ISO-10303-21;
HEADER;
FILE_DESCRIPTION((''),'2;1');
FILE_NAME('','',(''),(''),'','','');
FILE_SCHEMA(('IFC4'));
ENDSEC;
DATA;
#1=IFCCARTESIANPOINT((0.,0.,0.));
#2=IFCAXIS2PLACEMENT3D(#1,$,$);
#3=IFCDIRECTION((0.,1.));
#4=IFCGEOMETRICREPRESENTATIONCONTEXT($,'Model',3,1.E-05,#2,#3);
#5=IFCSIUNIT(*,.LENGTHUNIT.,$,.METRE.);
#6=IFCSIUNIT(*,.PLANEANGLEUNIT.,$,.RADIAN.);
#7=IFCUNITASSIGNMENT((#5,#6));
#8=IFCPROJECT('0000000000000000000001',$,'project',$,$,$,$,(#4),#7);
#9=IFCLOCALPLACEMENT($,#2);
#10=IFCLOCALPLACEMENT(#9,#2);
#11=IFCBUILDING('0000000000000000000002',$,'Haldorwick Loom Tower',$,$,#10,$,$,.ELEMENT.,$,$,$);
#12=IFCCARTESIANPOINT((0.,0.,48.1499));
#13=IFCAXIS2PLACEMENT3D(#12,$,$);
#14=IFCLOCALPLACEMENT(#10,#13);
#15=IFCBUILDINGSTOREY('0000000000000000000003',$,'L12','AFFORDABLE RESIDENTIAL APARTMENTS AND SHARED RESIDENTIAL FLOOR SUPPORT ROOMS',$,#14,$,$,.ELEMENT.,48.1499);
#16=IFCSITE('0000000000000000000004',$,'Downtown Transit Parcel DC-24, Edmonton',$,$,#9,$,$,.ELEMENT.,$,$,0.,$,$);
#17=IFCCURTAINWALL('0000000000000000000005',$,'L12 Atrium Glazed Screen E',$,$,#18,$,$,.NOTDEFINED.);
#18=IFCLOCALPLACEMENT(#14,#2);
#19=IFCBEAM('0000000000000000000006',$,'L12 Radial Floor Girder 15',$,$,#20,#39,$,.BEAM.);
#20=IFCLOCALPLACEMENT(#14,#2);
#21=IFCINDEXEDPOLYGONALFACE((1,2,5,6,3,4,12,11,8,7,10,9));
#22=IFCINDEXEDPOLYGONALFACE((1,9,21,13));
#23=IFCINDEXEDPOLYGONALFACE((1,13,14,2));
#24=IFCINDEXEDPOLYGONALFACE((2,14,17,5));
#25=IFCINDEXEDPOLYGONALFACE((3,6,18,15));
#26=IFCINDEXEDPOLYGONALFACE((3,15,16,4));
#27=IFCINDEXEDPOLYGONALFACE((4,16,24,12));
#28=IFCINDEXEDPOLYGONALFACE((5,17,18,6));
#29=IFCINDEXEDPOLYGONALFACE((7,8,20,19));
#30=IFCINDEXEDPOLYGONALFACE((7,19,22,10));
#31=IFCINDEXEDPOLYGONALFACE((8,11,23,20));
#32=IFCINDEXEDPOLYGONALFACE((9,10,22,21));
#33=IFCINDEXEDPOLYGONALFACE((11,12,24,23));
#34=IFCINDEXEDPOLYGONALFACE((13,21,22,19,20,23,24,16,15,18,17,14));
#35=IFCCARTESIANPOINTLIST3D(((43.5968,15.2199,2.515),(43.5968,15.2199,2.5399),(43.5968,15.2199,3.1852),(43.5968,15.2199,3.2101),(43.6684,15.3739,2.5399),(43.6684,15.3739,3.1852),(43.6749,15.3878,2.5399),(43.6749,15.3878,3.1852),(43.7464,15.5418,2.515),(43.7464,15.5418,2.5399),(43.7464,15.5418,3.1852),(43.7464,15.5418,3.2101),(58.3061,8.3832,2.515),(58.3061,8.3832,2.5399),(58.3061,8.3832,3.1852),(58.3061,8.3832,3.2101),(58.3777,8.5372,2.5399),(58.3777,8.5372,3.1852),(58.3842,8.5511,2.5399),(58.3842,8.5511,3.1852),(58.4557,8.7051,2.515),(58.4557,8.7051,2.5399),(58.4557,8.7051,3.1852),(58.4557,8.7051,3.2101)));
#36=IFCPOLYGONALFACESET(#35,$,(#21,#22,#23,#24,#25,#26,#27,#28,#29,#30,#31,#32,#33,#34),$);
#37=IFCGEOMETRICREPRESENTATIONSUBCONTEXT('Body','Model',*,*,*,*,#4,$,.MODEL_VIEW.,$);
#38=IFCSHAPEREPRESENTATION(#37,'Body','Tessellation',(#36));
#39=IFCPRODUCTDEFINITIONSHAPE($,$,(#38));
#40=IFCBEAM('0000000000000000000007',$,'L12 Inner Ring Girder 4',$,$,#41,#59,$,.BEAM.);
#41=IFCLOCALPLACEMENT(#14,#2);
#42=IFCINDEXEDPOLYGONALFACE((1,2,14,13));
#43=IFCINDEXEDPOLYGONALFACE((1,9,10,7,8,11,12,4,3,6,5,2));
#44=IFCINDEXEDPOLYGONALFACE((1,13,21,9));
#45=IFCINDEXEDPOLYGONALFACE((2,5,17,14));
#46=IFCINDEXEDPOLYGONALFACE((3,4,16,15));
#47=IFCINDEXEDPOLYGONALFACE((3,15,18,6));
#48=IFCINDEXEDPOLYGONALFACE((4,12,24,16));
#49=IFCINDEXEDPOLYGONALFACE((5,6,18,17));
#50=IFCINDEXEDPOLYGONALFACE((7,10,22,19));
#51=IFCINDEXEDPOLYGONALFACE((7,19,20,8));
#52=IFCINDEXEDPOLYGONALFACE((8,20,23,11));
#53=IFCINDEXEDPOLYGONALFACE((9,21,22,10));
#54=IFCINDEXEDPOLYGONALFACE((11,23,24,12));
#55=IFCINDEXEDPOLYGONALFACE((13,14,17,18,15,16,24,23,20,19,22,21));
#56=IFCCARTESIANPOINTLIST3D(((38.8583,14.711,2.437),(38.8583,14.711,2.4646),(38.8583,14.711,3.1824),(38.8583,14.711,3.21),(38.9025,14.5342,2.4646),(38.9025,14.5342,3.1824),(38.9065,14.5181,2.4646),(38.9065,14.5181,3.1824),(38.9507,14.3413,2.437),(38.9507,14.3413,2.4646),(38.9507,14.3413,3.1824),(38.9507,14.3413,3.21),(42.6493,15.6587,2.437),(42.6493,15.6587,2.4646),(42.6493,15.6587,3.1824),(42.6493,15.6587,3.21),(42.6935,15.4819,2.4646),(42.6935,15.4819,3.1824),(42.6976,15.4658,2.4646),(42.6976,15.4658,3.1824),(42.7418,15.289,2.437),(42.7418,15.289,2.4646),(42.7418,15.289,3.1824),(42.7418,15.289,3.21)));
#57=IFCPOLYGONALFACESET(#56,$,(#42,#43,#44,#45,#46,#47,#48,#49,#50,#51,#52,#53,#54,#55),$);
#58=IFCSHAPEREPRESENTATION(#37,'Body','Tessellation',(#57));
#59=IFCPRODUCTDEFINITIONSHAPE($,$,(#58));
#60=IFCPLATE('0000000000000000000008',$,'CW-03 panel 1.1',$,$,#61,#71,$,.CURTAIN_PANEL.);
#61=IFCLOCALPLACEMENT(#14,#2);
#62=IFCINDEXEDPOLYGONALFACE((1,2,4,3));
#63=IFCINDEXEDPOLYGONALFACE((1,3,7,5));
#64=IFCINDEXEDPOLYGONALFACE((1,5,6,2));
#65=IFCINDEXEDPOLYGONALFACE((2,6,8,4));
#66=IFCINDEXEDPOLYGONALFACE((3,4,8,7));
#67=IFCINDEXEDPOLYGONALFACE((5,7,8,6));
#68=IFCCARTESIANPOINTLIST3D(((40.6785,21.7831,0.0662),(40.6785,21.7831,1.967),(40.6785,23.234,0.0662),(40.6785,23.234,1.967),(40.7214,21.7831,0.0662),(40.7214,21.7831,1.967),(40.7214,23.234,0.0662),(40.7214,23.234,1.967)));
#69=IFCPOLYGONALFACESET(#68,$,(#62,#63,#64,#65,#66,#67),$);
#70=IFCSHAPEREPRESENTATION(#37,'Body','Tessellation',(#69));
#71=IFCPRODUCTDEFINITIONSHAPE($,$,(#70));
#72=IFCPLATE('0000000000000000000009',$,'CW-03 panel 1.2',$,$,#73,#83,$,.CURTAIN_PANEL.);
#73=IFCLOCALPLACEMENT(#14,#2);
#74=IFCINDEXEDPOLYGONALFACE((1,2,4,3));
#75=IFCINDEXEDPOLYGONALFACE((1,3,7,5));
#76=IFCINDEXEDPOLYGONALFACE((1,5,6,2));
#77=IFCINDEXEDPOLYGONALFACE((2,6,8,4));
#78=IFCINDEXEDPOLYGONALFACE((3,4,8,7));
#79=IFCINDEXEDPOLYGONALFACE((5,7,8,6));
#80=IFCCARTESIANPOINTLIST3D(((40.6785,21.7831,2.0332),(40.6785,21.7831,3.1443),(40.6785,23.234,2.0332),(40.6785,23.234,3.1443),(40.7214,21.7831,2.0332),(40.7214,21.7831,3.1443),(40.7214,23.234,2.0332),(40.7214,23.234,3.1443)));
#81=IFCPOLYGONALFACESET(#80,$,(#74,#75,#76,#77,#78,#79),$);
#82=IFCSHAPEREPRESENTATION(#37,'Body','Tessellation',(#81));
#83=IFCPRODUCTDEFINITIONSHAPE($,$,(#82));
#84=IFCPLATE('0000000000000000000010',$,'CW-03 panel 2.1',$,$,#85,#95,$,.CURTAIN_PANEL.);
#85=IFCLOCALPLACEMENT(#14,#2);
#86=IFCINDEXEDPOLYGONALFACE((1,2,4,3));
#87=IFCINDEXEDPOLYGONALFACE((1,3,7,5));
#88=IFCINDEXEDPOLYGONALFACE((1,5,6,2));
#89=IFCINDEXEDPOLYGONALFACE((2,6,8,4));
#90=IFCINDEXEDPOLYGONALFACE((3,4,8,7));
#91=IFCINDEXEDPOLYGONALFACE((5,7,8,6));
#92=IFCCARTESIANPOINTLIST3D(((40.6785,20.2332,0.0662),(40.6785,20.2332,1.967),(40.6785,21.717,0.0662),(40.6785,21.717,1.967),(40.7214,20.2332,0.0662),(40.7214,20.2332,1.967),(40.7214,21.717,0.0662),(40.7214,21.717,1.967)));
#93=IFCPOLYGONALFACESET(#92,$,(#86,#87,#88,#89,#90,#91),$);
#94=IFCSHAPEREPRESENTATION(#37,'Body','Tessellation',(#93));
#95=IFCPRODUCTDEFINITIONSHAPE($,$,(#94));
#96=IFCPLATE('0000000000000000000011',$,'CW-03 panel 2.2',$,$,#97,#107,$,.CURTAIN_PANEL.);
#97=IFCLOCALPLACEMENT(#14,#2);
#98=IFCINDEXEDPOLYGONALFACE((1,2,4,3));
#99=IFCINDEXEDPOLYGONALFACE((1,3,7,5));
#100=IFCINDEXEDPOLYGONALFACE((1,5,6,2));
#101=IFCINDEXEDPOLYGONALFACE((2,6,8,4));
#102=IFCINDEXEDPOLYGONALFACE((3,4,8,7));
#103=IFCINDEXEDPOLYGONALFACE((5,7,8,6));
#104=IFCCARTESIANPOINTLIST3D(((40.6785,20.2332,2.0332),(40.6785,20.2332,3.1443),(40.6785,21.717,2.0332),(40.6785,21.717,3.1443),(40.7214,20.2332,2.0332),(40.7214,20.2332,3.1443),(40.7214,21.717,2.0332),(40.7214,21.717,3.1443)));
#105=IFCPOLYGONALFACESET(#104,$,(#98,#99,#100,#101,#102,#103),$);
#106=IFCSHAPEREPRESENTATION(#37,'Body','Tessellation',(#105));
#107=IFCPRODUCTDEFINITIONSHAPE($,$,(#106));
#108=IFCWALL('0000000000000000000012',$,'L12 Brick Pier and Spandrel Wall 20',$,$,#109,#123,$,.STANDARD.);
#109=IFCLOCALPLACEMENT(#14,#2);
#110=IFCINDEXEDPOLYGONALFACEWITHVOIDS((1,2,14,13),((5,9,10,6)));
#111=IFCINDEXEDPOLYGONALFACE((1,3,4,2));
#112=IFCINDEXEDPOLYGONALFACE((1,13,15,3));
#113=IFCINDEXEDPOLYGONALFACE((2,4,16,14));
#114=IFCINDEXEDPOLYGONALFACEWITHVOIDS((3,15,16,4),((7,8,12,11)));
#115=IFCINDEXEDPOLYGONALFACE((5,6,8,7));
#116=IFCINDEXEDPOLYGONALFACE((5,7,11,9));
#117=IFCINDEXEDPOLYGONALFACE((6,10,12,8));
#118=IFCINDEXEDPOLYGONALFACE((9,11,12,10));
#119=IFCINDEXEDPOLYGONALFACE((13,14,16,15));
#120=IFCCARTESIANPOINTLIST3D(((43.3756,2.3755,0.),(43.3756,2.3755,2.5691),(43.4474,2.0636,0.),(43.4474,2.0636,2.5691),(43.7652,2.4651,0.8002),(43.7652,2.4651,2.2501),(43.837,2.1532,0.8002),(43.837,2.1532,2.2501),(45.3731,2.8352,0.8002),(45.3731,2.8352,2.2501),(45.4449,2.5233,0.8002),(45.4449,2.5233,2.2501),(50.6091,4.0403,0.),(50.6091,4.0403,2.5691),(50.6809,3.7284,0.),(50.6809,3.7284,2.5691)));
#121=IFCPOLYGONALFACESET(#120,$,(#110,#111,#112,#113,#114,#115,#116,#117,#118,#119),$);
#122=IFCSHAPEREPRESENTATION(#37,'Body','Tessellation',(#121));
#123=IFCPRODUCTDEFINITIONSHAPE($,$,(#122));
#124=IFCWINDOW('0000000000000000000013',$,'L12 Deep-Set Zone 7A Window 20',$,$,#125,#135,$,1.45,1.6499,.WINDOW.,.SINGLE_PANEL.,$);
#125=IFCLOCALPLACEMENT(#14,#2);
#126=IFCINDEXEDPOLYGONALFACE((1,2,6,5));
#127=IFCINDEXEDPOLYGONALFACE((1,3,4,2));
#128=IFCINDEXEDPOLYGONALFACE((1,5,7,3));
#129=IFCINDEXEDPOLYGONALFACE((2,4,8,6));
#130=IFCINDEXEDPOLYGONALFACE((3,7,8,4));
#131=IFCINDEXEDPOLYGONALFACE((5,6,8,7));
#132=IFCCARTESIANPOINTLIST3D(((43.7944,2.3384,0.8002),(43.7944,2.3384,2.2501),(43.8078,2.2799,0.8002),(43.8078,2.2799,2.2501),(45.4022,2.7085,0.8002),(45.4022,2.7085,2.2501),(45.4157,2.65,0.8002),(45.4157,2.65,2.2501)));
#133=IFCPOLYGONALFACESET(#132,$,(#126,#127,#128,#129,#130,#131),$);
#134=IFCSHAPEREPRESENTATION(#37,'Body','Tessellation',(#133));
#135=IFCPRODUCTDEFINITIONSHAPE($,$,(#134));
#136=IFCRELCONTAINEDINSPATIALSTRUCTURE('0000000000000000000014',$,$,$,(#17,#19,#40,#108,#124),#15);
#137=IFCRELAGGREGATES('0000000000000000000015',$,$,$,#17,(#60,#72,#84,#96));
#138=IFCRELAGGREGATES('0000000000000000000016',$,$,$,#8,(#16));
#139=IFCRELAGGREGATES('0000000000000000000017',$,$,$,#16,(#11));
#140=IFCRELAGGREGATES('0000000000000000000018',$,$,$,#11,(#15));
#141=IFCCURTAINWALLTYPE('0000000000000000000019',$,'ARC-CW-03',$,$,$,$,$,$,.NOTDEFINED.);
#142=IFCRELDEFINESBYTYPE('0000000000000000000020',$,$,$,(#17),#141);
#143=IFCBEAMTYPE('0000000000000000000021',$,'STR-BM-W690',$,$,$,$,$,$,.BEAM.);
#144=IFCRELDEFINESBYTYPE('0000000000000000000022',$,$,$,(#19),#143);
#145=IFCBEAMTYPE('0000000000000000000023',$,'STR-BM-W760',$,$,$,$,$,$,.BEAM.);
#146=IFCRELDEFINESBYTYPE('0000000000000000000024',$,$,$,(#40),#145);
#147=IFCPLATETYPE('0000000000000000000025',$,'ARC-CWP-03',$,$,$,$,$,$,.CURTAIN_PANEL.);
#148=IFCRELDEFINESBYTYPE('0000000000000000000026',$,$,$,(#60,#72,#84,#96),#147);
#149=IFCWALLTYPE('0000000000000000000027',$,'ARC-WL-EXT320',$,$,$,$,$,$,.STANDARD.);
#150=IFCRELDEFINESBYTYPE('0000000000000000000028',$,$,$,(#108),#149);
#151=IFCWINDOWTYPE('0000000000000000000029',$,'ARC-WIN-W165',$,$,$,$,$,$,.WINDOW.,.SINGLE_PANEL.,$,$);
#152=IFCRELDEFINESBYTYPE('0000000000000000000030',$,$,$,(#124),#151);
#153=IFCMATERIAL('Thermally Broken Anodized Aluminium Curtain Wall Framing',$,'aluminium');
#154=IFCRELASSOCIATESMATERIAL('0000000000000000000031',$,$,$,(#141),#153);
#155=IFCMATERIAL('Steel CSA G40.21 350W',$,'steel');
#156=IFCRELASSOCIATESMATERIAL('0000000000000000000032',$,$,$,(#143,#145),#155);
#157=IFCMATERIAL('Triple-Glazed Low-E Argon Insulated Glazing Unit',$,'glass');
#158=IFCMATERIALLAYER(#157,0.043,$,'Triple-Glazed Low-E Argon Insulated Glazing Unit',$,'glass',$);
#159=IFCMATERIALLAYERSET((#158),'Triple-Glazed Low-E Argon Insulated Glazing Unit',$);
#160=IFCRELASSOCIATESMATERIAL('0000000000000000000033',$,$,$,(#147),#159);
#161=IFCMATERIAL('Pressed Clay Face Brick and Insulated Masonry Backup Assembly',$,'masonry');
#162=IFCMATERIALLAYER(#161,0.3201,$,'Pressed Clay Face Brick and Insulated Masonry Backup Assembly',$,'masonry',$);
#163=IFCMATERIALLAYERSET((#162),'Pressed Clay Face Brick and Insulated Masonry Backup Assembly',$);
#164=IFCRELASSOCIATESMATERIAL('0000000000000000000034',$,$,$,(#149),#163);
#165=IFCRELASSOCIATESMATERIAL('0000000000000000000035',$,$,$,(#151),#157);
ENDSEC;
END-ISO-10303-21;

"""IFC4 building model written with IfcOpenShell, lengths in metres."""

from ifc_helpers import new_model, si_unit, direction, frame, frame_2d, origin, origin_2d, place, context, subcontext, project, spatial, rectangle, i_section, extrude, material, layer, layer_set, material_profile, profile_set, type_object, element, fill, aggregate, save


model = new_model("IFC4")

# Units and contexts
model_context = context("Model", 3, precision=1e-05, world=origin(), true_north=direction((0.0, 1.0)))
body_context = subcontext(model_context, "Body", "Model", "MODEL_VIEW")
ifc_project = project(units=[si_unit("LENGTHUNIT", "METRE"), si_unit("PLANEANGLEUNIT", "RADIAN")], contexts=[model_context])

# Site, building, storey
site_placement = place(None, origin())
site = spatial("IfcSite", under=ifc_project, at=site_placement, Name="Downtown Transit Parcel DC-24, Edmonton", CompositionType="ELEMENT", RefElevation=0.0)
building_placement = place(site_placement, origin())
building = spatial("IfcBuilding", under=site, at=building_placement, Name="Haldorwick Loom Tower", CompositionType="ELEMENT")
storey_placement = place(building_placement, frame((0.0, 0.0, 48.1499)))
storey = spatial("IfcBuildingStorey", under=building, at=storey_placement, Name="L12", Description="AFFORDABLE RESIDENTIAL APARTMENTS AND SHARED RESIDENTIAL FLOOR SUPPORT ROOMS", CompositionType="ELEMENT", Elevation=48.1499)

# Curtain wall
ifc_material_1 = material(Name="Thermally Broken Anodized Aluminium Curtain Wall Framing", Category="aluminium")
curtain_wall_type = type_object("IfcCurtainWallType", Name="ARC-CW-03", PredefinedType="NOTDEFINED", material=ifc_material_1)
curtain_wall_placement = place(storey_placement, origin())
curtain_wall = element("IfcCurtainWall", 1, at=curtain_wall_placement, inside=storey, type_object=curtain_wall_type, Name="L12 Atrium Glazed Screen E", PredefinedType="NOTDEFINED")

# Beams
ifc_material_2 = material(Name="Steel CSA G40.21 350W", Category="steel")
ifc_material_profile_1 = material_profile(ifc_material_2, i_section(OverallWidth=0.355, OverallDepth=0.6951, WebThickness=0.0154, FlangeThickness=0.0249, at=origin_2d()), Name="W690X217", Category="steel")
ifc_profile_set_1 = profile_set([ifc_material_profile_1], Name="Steel CSA G40.21 350W")
beam_type_1 = type_object("IfcBeamType", Name="STR-BM-W690", PredefinedType="BEAM", material=ifc_profile_set_1)
beam_1_placement = place(storey_placement, frame((43.6716, 15.3809, 2.8625), z_axis=(0.906835, -0.421486, 0.0), x_axis=(0.421486, 0.906835, 0.0)))
element("IfcBeam", 2, at=beam_1_placement, inside=storey, type_object=beam_type_1, Name="L12 Radial Floor Girder 15", PredefinedType="BEAM", context=body_context, shape_type="SweptSolid", body=[
    extrude(i_section(OverallWidth=0.355, OverallDepth=0.6951, WebThickness=0.0154, FlangeThickness=0.0249, at=origin_2d()), origin(), (0.0, 0.0, 1.0), 16.2205),
])
ifc_material_profile_2 = material_profile(ifc_material_2, i_section(OverallWidth=0.3811, OverallDepth=0.7729, WebThickness=0.0166, FlangeThickness=0.0276, at=origin_2d()), Name="W760X257", Category="steel")
ifc_profile_set_2 = profile_set([ifc_material_profile_2], Name="Steel CSA G40.21 350W")
beam_type_2 = type_object("IfcBeamType", Name="STR-BM-W760", PredefinedType="BEAM", material=ifc_profile_set_2)
beam_2_placement = place(storey_placement, frame((42.6956, 15.4739, 2.8235), z_axis=(-0.970143, -0.242536, 0.0), x_axis=(0.242536, -0.970143, 0.0)))
element("IfcBeam", 3, at=beam_2_placement, inside=storey, type_object=beam_type_2, Name="L12 Inner Ring Girder 4", PredefinedType="BEAM", context=body_context, shape_type="SweptSolid", body=[
    extrude(i_section(OverallWidth=0.3811, OverallDepth=0.7729, WebThickness=0.0166, FlangeThickness=0.0276, at=origin_2d()), origin(), (0.0, 0.0, 1.0), 3.9077),
])

# Plates
ifc_material_3 = material(Name="Triple-Glazed Low-E Argon Insulated Glazing Unit", Category="glass")
ifc_layer_1 = layer(ifc_material_3, 0.043, Name="Triple-Glazed Low-E Argon Insulated Glazing Unit", Category="glass")
ifc_layer_set_1 = layer_set([ifc_layer_1], Name="Triple-Glazed Low-E Argon Insulated Glazing Unit")
plate_type = type_object("IfcPlateType", Name="ARC-CWP-03", PredefinedType="CURTAIN_PANEL", material=ifc_layer_set_1)
plate_1_placement = place(storey_placement, frame((40.7, 22.5085, 0.0662), z_axis=(0.0, 0.0, 1.0), x_axis=(0.0, -1.0, 0.0)))
plate_1 = element("IfcPlate", 4, at=plate_1_placement, type_object=plate_type, Name="CW-03 panel 1.1", PredefinedType="CURTAIN_PANEL", context=body_context, shape_type="SweptSolid", body=[
    extrude(rectangle(XDim=1.4509, YDim=0.043, at=origin_2d()), origin(), (0.0, 0.0, 1.0), 1.9009),
])
plate_2_placement = place(storey_placement, frame((40.7, 22.5085, 2.0332), z_axis=(0.0, 0.0, 1.0), x_axis=(0.0, -1.0, 0.0)))
plate_2 = element("IfcPlate", 5, at=plate_2_placement, type_object=plate_type, Name="CW-03 panel 1.2", PredefinedType="CURTAIN_PANEL", context=body_context, shape_type="SweptSolid", body=[
    extrude(rectangle(XDim=1.4509, YDim=0.043, at=origin_2d()), origin(), (0.0, 0.0, 1.0), 1.1111),
])
plate_3_placement = place(storey_placement, frame((40.7, 20.9751, 0.0662), z_axis=(0.0, 0.0, 1.0), x_axis=(0.0, -1.0, 0.0)))
plate_3 = element("IfcPlate", 6, at=plate_3_placement, type_object=plate_type, Name="CW-03 panel 2.1", PredefinedType="CURTAIN_PANEL", context=body_context, shape_type="SweptSolid", body=[
    extrude(rectangle(XDim=1.4839, YDim=0.043, at=origin_2d()), origin(), (0.0, 0.0, 1.0), 1.9009),
])
plate_4_placement = place(storey_placement, frame((40.7, 20.9751, 2.0332), z_axis=(0.0, 0.0, 1.0), x_axis=(0.0, -1.0, 0.0)))
plate_4 = element("IfcPlate", 7, at=plate_4_placement, type_object=plate_type, Name="CW-03 panel 2.2", PredefinedType="CURTAIN_PANEL", context=body_context, shape_type="SweptSolid", body=[
    extrude(rectangle(XDim=1.4839, YDim=0.043, at=origin_2d()), origin(), (0.0, 0.0, 1.0), 1.1111),
])
aggregate(curtain_wall, [plate_1, plate_2, plate_3, plate_4])

# Wall, opening, window
ifc_material_4 = material(Name="Pressed Clay Face Brick and Insulated Masonry Backup Assembly", Category="masonry")
ifc_layer_2 = layer(ifc_material_4, 0.3201, Name="Pressed Clay Face Brick and Insulated Masonry Backup Assembly", Category="masonry")
ifc_layer_set_2 = layer_set([ifc_layer_2], Name="Pressed Clay Face Brick and Insulated Masonry Backup Assembly")
wall_type_1 = type_object("IfcWallType", Name="ARC-WL-EXT320", PredefinedType="STANDARD", material=ifc_layer_set_2)
wall_1_placement = place(storey_placement, frame((43.4114, 2.2195, 0.0), z_axis=(0.0, 0.0, 1.0), x_axis=(0.974522, 0.22429, 0.0)))
wall_1 = element("IfcWall", 8, at=wall_1_placement, inside=storey, type_object=wall_type_1, Name="L12 Brick Pier and Spandrel Wall 20", PredefinedType="STANDARD", context=body_context, shape_type="SweptSolid", body=[
    extrude(rectangle(XDim=7.4226, YDim=0.3201, at=frame_2d((3.7114, 0.0))), origin(), (0.0, 0.0, 1.0), 2.5691),
])
opening_1_placement = place(wall_1_placement, frame((0.3999, 0.0, 0.8)))
opening_1 = element("IfcOpeningElement", 9, at=opening_1_placement, cuts=wall_1, PredefinedType="OPENING", context=body_context, shape_type="SweptSolid", body=[
    extrude(rectangle(XDim=1.6499, YDim=1.45, at=frame_2d((0.825, 0.7251))), frame((0.0, 0.1699, 0.0), z_axis=(0.0, -1.0, 0.0), x_axis=(1.0, 0.0, 0.0)), (0.0, 0.0, 1.0), 0.3401),
])
window_type = type_object("IfcWindowType", Name="ARC-WIN-W165", PartitioningType="SINGLE_PANEL", PredefinedType="WINDOW", material=ifc_material_3)
window_placement = place(opening_1_placement, origin())
window = element("IfcWindow", 10, at=window_placement, inside=storey, type_object=window_type, Name="L12 Deep-Set Zone 7A Window 20", OverallHeight=1.45, OverallWidth=1.6499, PartitioningType="SINGLE_PANEL", PredefinedType="WINDOW", context=body_context, shape_type="SweptSolid", body=[
    extrude(rectangle(XDim=1.6499, YDim=1.45, at=frame_2d((0.825, 0.7251))), frame((0.0, 0.03, 0.0), z_axis=(0.0, -1.0, 0.0), x_axis=(1.0, 0.0, 0.0)), (0.0, 0.0, 1.0), 0.0601),
])
fill(opening_1, window)

save(model, "model.ifc")
